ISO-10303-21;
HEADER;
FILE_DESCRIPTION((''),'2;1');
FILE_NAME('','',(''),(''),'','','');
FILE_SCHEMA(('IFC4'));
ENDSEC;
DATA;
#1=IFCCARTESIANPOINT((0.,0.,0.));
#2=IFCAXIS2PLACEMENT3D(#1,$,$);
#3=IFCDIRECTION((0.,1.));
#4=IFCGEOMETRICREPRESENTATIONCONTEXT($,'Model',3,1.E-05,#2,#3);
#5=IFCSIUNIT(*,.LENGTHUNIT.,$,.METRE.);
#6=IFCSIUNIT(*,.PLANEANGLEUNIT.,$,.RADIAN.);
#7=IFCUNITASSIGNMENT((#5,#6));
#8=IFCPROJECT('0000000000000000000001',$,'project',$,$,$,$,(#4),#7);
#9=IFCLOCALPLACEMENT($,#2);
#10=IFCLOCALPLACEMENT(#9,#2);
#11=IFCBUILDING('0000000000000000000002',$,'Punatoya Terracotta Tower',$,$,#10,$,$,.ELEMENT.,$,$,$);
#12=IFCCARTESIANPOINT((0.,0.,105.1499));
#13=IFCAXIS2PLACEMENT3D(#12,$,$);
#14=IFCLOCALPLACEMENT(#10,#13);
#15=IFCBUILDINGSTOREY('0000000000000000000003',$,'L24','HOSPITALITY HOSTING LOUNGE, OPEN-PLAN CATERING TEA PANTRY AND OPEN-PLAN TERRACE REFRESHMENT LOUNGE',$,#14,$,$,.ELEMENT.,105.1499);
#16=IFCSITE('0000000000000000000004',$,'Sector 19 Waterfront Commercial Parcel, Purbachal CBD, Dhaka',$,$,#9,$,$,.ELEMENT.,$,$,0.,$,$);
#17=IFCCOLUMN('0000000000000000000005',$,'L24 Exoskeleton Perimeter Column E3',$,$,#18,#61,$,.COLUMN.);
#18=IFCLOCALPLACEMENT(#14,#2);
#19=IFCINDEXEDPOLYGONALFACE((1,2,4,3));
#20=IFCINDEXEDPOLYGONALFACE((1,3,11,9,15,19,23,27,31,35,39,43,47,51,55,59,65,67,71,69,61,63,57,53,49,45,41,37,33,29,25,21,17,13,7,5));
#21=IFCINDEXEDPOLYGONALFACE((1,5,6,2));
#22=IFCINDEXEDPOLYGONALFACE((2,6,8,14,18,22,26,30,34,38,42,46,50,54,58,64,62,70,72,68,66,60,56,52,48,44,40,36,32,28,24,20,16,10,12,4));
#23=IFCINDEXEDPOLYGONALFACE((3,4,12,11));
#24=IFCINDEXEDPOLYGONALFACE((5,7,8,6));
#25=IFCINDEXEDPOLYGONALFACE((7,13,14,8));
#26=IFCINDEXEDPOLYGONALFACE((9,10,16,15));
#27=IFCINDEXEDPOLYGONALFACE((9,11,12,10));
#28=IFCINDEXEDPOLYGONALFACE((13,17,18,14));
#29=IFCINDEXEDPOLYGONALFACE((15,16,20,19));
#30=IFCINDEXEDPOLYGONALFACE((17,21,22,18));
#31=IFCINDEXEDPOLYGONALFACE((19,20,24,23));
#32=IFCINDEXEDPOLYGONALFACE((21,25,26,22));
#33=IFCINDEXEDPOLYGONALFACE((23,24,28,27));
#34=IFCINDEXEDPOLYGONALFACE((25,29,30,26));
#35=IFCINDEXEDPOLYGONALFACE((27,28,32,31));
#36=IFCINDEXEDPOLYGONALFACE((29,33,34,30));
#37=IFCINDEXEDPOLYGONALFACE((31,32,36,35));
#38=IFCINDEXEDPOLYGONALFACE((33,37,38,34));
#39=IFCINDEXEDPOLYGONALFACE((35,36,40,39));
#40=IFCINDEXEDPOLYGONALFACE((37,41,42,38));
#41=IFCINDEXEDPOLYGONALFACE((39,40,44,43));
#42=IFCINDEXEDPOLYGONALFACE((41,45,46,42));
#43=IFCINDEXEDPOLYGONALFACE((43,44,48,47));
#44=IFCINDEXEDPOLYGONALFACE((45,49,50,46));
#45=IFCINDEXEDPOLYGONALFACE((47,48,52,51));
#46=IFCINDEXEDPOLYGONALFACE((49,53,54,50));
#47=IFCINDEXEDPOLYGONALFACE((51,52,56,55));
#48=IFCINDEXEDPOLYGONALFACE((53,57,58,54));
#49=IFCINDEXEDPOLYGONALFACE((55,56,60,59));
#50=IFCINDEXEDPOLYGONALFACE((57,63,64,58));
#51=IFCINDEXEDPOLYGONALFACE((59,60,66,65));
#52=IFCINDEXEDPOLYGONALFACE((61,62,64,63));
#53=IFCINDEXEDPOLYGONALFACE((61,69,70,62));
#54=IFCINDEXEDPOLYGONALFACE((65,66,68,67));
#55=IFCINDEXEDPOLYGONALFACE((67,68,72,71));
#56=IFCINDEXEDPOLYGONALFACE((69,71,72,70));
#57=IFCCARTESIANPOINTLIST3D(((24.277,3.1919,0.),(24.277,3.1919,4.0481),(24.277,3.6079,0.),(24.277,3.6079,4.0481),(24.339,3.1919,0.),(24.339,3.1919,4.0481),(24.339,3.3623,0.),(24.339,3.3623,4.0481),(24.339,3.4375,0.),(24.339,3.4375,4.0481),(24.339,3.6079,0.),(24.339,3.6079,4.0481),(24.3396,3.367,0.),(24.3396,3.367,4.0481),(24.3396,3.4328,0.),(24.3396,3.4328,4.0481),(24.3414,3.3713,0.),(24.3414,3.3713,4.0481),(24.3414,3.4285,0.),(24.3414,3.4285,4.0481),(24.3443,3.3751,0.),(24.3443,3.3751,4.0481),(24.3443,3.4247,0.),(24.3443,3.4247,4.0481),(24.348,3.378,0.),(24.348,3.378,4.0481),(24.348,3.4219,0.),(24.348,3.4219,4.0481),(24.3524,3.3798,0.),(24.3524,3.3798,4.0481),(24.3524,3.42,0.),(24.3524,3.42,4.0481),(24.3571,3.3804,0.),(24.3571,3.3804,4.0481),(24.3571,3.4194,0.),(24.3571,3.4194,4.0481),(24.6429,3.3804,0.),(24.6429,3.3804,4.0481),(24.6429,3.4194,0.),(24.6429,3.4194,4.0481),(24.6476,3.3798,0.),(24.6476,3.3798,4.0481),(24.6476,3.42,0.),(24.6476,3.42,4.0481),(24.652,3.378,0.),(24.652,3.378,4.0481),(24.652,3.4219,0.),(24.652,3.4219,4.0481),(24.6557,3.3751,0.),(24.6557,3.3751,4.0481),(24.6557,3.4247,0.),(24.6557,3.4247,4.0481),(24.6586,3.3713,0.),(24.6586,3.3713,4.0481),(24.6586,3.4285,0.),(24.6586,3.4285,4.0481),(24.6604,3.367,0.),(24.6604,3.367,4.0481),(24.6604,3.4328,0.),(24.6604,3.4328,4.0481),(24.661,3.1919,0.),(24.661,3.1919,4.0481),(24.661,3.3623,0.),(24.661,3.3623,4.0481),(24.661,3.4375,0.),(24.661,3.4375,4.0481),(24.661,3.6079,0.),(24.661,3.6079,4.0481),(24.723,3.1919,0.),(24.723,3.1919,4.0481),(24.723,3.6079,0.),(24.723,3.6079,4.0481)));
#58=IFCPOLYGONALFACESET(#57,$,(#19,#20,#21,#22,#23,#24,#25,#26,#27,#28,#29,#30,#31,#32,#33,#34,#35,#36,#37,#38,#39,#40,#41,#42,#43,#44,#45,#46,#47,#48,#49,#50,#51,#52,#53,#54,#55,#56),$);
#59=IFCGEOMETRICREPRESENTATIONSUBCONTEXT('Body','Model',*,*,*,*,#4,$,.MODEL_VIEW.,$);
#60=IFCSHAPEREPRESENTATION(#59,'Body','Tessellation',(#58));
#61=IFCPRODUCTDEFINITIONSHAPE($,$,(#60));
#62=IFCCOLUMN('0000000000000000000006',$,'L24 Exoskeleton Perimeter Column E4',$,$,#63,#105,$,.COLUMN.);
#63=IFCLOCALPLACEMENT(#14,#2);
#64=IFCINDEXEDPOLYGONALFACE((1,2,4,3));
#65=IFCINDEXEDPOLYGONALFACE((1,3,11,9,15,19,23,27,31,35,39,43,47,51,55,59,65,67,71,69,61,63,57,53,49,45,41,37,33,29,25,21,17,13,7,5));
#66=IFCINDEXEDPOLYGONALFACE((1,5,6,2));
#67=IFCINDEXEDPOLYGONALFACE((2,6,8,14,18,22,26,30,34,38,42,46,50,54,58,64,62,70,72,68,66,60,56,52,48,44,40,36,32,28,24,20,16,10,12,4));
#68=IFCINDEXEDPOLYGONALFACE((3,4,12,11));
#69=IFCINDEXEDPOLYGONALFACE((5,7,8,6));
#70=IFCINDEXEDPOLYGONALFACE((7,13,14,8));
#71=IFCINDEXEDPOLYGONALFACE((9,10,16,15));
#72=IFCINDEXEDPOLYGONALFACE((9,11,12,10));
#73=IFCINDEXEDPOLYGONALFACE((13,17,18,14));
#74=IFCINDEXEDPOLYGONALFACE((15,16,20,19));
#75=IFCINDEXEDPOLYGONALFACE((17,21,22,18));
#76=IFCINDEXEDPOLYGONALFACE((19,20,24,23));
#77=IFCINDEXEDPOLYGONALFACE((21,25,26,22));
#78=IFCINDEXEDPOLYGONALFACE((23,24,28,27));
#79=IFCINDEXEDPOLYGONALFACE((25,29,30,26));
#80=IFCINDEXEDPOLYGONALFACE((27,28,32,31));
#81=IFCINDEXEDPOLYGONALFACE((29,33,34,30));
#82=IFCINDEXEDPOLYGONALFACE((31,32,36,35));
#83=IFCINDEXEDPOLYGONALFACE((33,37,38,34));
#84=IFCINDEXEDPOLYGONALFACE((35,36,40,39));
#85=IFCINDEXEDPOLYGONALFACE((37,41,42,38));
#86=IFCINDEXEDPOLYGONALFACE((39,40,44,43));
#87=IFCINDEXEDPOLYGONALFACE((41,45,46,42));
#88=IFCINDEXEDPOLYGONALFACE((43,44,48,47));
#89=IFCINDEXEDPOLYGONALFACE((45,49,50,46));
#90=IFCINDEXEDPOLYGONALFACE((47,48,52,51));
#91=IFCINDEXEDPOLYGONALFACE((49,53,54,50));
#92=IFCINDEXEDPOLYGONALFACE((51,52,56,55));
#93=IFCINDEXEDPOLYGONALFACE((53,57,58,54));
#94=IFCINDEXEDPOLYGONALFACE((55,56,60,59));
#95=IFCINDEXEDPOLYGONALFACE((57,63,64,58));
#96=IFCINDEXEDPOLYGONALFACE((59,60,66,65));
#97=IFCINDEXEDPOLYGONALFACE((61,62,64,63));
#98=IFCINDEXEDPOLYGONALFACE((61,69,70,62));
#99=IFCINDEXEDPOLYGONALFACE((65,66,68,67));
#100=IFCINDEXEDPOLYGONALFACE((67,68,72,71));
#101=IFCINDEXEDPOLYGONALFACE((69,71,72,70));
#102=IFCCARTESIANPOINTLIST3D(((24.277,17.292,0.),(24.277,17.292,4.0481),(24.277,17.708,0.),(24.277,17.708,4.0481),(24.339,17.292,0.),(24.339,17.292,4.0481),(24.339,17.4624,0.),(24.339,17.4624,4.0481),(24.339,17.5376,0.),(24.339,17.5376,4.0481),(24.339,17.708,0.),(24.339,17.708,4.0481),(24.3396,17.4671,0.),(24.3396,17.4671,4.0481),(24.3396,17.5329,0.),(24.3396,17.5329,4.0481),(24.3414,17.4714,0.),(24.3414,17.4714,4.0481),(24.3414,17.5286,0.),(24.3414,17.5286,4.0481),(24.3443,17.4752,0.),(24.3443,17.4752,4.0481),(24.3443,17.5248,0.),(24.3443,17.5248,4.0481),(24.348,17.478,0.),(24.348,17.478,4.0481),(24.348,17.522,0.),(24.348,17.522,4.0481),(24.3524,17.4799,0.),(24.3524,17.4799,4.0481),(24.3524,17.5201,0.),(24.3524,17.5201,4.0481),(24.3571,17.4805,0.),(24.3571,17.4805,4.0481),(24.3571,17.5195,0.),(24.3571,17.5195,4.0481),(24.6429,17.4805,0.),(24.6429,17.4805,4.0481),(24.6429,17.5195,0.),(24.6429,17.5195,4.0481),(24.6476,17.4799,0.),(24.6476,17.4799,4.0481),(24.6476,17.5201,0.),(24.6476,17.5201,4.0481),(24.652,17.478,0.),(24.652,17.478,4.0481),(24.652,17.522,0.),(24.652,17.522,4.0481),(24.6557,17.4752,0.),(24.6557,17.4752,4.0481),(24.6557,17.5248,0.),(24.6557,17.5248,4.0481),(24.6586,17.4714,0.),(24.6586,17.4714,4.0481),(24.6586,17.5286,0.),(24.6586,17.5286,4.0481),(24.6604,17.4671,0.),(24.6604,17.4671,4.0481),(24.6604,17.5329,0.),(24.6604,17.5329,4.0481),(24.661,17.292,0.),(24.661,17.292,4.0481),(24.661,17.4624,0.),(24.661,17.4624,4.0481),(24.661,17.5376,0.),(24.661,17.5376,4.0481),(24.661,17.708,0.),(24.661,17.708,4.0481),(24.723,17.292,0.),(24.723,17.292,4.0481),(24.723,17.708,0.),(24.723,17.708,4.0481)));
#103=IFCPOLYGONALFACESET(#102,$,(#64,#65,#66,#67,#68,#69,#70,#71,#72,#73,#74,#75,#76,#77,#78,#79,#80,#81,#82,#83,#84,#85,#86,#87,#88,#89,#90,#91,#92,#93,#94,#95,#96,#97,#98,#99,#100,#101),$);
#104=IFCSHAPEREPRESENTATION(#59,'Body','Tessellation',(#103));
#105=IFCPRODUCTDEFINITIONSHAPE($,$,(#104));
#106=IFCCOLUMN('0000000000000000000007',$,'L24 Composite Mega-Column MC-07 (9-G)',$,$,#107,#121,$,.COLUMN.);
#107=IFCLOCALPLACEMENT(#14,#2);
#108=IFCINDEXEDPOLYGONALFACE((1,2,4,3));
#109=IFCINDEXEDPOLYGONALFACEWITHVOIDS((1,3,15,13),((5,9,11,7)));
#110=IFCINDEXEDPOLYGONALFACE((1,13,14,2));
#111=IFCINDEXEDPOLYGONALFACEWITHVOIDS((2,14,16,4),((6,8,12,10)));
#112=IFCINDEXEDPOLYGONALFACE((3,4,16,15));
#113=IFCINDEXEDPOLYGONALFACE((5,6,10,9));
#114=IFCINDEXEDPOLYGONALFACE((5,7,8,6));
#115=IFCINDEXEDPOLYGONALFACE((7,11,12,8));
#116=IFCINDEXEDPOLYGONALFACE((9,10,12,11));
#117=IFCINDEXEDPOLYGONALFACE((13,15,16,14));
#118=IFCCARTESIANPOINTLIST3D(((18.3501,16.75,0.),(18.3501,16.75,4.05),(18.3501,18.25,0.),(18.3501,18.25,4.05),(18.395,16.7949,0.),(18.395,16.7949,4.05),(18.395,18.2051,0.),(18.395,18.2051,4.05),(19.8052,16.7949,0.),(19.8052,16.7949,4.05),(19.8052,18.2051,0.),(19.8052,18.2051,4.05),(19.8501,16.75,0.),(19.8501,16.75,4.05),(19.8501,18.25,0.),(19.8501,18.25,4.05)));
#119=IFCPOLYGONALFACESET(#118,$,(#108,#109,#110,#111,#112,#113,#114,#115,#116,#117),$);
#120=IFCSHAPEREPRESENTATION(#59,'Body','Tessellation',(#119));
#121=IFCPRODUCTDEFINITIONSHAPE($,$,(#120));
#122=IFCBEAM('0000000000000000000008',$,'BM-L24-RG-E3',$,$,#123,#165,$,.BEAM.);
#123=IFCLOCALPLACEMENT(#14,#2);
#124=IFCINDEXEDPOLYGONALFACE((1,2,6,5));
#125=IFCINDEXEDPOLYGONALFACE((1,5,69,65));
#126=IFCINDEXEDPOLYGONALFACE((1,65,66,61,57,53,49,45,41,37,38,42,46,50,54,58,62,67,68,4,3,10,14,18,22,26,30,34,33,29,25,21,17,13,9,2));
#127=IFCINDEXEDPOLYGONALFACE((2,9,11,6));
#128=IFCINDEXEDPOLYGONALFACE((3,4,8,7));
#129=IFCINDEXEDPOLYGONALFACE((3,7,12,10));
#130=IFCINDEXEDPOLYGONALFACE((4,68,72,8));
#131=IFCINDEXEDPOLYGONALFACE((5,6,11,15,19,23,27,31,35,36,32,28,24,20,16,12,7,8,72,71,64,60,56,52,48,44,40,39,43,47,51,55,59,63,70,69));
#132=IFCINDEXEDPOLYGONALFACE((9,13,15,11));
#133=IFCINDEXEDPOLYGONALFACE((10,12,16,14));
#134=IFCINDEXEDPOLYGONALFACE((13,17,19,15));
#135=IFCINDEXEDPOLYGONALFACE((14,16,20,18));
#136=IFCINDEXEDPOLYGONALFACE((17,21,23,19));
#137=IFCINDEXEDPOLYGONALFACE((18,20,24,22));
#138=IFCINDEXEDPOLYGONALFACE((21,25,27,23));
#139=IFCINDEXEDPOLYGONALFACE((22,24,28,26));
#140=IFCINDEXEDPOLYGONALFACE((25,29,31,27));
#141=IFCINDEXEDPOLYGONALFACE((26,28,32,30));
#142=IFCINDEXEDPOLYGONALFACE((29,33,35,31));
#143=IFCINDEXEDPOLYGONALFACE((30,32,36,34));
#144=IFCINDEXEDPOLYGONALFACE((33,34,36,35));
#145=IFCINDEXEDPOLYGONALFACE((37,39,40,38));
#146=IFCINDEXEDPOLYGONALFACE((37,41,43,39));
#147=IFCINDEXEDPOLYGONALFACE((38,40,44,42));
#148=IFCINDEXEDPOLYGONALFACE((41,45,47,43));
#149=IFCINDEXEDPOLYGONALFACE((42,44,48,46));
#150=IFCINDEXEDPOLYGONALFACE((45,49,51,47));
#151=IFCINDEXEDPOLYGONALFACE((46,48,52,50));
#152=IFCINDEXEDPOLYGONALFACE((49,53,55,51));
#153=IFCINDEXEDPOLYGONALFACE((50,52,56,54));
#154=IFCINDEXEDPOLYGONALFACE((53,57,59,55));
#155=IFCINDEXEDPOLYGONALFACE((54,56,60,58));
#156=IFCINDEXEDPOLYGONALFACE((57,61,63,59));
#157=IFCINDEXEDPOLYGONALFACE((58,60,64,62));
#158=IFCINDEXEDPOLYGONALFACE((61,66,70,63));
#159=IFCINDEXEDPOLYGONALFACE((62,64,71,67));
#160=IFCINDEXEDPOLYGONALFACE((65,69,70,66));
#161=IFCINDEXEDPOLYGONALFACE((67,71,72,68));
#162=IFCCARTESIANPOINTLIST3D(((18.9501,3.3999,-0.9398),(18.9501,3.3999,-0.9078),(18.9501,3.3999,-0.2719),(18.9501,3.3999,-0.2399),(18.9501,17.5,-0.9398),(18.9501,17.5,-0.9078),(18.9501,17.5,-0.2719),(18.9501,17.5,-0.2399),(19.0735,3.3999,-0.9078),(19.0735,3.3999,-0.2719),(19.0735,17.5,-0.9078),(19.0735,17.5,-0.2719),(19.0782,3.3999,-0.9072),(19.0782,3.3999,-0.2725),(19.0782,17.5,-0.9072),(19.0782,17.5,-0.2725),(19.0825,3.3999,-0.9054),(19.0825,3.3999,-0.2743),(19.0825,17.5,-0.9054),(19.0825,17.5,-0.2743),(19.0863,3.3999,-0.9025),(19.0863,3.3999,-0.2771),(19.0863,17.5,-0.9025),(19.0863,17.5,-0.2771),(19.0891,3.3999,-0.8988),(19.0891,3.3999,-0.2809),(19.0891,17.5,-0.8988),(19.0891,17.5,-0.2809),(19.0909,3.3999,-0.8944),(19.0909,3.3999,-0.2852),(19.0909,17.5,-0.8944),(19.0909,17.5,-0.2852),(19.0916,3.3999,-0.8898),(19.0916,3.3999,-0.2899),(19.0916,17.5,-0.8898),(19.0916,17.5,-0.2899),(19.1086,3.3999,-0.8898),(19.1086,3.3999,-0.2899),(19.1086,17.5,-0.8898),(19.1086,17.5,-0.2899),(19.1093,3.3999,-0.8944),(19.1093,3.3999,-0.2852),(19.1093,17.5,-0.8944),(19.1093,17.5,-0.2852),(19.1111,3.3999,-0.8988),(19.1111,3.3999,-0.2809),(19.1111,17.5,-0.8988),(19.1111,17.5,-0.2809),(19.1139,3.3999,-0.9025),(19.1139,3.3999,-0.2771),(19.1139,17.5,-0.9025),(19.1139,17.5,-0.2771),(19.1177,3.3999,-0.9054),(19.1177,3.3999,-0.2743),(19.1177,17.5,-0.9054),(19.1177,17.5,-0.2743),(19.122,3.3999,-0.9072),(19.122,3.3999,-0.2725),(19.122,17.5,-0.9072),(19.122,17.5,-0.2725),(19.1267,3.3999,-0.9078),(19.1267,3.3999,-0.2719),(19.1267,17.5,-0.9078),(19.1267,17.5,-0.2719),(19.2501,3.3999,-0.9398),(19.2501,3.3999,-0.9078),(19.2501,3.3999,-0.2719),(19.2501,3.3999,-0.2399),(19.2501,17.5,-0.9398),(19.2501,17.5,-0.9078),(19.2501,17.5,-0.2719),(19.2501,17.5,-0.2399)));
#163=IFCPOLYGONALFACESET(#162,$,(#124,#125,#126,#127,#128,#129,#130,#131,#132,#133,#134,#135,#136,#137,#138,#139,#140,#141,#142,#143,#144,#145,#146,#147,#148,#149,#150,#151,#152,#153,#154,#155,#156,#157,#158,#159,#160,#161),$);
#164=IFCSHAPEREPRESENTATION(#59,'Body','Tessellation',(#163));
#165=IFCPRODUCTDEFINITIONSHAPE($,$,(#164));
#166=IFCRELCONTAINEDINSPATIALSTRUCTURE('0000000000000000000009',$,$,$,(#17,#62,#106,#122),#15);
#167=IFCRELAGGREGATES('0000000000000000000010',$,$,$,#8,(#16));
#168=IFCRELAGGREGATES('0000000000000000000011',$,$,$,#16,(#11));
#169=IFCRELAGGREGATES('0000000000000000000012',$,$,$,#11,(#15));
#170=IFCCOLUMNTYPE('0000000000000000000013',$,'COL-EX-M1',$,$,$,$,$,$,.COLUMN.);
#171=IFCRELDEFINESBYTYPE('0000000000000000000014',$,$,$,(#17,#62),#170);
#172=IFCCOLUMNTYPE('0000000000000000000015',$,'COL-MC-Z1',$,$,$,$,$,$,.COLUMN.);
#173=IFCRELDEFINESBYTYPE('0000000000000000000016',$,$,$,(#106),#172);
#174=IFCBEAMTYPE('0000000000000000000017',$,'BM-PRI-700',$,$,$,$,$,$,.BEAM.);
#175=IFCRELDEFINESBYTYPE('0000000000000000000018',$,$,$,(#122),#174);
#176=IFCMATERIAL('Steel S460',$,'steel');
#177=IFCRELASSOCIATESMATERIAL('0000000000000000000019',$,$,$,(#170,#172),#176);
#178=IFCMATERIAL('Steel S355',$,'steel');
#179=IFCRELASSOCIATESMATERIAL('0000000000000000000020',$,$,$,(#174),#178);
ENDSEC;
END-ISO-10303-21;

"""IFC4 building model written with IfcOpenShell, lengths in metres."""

from ifc_helpers import new_model, si_unit, direction, frame, origin, origin_2d, place, context, subcontext, project, spatial, hollow_rectangle, i_section, extrude, material, material_profile, profile_set, type_object, element, save


model = new_model("IFC4")

# Units and contexts
model_context = context("Model", 3, precision=1e-05, world=origin(), true_north=direction((0.0, 1.0)))
body_context = subcontext(model_context, "Body", "Model", "MODEL_VIEW")
ifc_project = project(units=[si_unit("LENGTHUNIT", "METRE"), si_unit("PLANEANGLEUNIT", "RADIAN")], contexts=[model_context])

# Site, building, storey
site_placement = place(None, origin())
site = spatial("IfcSite", under=ifc_project, at=site_placement, Name="Sector 19 Waterfront Commercial Parcel, Purbachal CBD, Dhaka", CompositionType="ELEMENT", RefElevation=0.0)
building_placement = place(site_placement, origin())
building = spatial("IfcBuilding", under=site, at=building_placement, Name="Punatoya Terracotta Tower", CompositionType="ELEMENT")
storey_placement = place(building_placement, frame((0.0, 0.0, 105.1499)))
storey = spatial("IfcBuildingStorey", under=building, at=storey_placement, Name="L24", Description="HOSPITALITY HOSTING LOUNGE, OPEN-PLAN CATERING TEA PANTRY AND OPEN-PLAN TERRACE REFRESHMENT LOUNGE", CompositionType="ELEMENT", Elevation=105.1499)

# Columns
ifc_material_1 = material(Name="Steel S460", Category="steel")
ifc_material_profile_1 = material_profile(ifc_material_1, i_section(OverallWidth=0.416, OverallDepth=0.446, WebThickness=0.0391, FlangeThickness=0.062, FilletRadius=0.0181, at=origin_2d()))
ifc_profile_set_1 = profile_set([ifc_material_profile_1], Name="Steel S460")
column_type_1 = type_object("IfcColumnType", Name="COL-EX-M1", PredefinedType="COLUMN", material=ifc_profile_set_1)
for number, where, z_axis, x_axis, name in (
    (1, (24.5, 3.3999, 0.0), (0.0, 0.0, 1.0), (0.0, 1.0, 0.0), "L24 Exoskeleton Perimeter Column E3"),
    (2, (24.5, 17.5, 0.0), (0.0, 0.0, 1.0), (0.0, 1.0, 0.0), "L24 Exoskeleton Perimeter Column E4"),
):
    element("IfcColumn", number, at=place(storey_placement, frame(where, z_axis=z_axis, x_axis=x_axis)), inside=storey, type_object=column_type_1, Name=name, PredefinedType="COLUMN", context=body_context, shape_type="SweptSolid", body=[
        extrude(i_section(OverallWidth=0.416, OverallDepth=0.446, WebThickness=0.0391, FlangeThickness=0.062, FilletRadius=0.0181, at=origin_2d()), origin(), (0.0, 0.0, 1.0), 4.0481),
    ])
ifc_material_profile_2 = material_profile(ifc_material_1, hollow_rectangle(XDim=1.5, YDim=1.5, WallThickness=0.0449, at=origin_2d()))
ifc_profile_set_2 = profile_set([ifc_material_profile_2], Name="Steel S460")
column_type_2 = type_object("IfcColumnType", Name="COL-MC-Z1", PredefinedType="COLUMN", material=ifc_profile_set_2)
column_placement = place(storey_placement, frame((19.1001, 17.5, 0.0), z_axis=(0.0, 0.0, 1.0), x_axis=(1.0, 0.0, 0.0)))
element("IfcColumn", 3, at=column_placement, inside=storey, type_object=column_type_2, Name="L24 Composite Mega-Column MC-07 (9-G)", PredefinedType="COLUMN", context=body_context, shape_type="SweptSolid", body=[
    extrude(hollow_rectangle(XDim=1.5, YDim=1.5, WallThickness=0.0449, at=origin_2d()), origin(), (0.0, 0.0, 1.0), 4.05),
])

# Beam
ifc_material_2 = material(Name="Steel S355", Category="steel")
ifc_material_profile_3 = material_profile(ifc_material_2, i_section(OverallWidth=0.3, OverallDepth=0.7, WebThickness=0.0171, FlangeThickness=0.032, FilletRadius=0.0181, at=origin_2d()))
ifc_profile_set_3 = profile_set([ifc_material_profile_3], Name="Steel S355")
beam_type_1 = type_object("IfcBeamType", Name="BM-PRI-700", PredefinedType="BEAM", material=ifc_profile_set_3)
beam_1_placement = place(storey_placement, frame((19.1001, 3.3999, -0.5898), z_axis=(0.0, 1.0, 0.0), x_axis=(-1.0, 0.0, 0.0)))
element("IfcBeam", 4, at=beam_1_placement, inside=storey, type_object=beam_type_1, Name="BM-L24-RG-E3", PredefinedType="BEAM", context=body_context, shape_type="SweptSolid", body=[
    extrude(i_section(OverallWidth=0.3, OverallDepth=0.7, WebThickness=0.0171, FlangeThickness=0.032, FilletRadius=0.0181, at=origin_2d()), origin(), (0.0, 0.0, 1.0), 14.1001),
])

save(model, "model.ifc")
